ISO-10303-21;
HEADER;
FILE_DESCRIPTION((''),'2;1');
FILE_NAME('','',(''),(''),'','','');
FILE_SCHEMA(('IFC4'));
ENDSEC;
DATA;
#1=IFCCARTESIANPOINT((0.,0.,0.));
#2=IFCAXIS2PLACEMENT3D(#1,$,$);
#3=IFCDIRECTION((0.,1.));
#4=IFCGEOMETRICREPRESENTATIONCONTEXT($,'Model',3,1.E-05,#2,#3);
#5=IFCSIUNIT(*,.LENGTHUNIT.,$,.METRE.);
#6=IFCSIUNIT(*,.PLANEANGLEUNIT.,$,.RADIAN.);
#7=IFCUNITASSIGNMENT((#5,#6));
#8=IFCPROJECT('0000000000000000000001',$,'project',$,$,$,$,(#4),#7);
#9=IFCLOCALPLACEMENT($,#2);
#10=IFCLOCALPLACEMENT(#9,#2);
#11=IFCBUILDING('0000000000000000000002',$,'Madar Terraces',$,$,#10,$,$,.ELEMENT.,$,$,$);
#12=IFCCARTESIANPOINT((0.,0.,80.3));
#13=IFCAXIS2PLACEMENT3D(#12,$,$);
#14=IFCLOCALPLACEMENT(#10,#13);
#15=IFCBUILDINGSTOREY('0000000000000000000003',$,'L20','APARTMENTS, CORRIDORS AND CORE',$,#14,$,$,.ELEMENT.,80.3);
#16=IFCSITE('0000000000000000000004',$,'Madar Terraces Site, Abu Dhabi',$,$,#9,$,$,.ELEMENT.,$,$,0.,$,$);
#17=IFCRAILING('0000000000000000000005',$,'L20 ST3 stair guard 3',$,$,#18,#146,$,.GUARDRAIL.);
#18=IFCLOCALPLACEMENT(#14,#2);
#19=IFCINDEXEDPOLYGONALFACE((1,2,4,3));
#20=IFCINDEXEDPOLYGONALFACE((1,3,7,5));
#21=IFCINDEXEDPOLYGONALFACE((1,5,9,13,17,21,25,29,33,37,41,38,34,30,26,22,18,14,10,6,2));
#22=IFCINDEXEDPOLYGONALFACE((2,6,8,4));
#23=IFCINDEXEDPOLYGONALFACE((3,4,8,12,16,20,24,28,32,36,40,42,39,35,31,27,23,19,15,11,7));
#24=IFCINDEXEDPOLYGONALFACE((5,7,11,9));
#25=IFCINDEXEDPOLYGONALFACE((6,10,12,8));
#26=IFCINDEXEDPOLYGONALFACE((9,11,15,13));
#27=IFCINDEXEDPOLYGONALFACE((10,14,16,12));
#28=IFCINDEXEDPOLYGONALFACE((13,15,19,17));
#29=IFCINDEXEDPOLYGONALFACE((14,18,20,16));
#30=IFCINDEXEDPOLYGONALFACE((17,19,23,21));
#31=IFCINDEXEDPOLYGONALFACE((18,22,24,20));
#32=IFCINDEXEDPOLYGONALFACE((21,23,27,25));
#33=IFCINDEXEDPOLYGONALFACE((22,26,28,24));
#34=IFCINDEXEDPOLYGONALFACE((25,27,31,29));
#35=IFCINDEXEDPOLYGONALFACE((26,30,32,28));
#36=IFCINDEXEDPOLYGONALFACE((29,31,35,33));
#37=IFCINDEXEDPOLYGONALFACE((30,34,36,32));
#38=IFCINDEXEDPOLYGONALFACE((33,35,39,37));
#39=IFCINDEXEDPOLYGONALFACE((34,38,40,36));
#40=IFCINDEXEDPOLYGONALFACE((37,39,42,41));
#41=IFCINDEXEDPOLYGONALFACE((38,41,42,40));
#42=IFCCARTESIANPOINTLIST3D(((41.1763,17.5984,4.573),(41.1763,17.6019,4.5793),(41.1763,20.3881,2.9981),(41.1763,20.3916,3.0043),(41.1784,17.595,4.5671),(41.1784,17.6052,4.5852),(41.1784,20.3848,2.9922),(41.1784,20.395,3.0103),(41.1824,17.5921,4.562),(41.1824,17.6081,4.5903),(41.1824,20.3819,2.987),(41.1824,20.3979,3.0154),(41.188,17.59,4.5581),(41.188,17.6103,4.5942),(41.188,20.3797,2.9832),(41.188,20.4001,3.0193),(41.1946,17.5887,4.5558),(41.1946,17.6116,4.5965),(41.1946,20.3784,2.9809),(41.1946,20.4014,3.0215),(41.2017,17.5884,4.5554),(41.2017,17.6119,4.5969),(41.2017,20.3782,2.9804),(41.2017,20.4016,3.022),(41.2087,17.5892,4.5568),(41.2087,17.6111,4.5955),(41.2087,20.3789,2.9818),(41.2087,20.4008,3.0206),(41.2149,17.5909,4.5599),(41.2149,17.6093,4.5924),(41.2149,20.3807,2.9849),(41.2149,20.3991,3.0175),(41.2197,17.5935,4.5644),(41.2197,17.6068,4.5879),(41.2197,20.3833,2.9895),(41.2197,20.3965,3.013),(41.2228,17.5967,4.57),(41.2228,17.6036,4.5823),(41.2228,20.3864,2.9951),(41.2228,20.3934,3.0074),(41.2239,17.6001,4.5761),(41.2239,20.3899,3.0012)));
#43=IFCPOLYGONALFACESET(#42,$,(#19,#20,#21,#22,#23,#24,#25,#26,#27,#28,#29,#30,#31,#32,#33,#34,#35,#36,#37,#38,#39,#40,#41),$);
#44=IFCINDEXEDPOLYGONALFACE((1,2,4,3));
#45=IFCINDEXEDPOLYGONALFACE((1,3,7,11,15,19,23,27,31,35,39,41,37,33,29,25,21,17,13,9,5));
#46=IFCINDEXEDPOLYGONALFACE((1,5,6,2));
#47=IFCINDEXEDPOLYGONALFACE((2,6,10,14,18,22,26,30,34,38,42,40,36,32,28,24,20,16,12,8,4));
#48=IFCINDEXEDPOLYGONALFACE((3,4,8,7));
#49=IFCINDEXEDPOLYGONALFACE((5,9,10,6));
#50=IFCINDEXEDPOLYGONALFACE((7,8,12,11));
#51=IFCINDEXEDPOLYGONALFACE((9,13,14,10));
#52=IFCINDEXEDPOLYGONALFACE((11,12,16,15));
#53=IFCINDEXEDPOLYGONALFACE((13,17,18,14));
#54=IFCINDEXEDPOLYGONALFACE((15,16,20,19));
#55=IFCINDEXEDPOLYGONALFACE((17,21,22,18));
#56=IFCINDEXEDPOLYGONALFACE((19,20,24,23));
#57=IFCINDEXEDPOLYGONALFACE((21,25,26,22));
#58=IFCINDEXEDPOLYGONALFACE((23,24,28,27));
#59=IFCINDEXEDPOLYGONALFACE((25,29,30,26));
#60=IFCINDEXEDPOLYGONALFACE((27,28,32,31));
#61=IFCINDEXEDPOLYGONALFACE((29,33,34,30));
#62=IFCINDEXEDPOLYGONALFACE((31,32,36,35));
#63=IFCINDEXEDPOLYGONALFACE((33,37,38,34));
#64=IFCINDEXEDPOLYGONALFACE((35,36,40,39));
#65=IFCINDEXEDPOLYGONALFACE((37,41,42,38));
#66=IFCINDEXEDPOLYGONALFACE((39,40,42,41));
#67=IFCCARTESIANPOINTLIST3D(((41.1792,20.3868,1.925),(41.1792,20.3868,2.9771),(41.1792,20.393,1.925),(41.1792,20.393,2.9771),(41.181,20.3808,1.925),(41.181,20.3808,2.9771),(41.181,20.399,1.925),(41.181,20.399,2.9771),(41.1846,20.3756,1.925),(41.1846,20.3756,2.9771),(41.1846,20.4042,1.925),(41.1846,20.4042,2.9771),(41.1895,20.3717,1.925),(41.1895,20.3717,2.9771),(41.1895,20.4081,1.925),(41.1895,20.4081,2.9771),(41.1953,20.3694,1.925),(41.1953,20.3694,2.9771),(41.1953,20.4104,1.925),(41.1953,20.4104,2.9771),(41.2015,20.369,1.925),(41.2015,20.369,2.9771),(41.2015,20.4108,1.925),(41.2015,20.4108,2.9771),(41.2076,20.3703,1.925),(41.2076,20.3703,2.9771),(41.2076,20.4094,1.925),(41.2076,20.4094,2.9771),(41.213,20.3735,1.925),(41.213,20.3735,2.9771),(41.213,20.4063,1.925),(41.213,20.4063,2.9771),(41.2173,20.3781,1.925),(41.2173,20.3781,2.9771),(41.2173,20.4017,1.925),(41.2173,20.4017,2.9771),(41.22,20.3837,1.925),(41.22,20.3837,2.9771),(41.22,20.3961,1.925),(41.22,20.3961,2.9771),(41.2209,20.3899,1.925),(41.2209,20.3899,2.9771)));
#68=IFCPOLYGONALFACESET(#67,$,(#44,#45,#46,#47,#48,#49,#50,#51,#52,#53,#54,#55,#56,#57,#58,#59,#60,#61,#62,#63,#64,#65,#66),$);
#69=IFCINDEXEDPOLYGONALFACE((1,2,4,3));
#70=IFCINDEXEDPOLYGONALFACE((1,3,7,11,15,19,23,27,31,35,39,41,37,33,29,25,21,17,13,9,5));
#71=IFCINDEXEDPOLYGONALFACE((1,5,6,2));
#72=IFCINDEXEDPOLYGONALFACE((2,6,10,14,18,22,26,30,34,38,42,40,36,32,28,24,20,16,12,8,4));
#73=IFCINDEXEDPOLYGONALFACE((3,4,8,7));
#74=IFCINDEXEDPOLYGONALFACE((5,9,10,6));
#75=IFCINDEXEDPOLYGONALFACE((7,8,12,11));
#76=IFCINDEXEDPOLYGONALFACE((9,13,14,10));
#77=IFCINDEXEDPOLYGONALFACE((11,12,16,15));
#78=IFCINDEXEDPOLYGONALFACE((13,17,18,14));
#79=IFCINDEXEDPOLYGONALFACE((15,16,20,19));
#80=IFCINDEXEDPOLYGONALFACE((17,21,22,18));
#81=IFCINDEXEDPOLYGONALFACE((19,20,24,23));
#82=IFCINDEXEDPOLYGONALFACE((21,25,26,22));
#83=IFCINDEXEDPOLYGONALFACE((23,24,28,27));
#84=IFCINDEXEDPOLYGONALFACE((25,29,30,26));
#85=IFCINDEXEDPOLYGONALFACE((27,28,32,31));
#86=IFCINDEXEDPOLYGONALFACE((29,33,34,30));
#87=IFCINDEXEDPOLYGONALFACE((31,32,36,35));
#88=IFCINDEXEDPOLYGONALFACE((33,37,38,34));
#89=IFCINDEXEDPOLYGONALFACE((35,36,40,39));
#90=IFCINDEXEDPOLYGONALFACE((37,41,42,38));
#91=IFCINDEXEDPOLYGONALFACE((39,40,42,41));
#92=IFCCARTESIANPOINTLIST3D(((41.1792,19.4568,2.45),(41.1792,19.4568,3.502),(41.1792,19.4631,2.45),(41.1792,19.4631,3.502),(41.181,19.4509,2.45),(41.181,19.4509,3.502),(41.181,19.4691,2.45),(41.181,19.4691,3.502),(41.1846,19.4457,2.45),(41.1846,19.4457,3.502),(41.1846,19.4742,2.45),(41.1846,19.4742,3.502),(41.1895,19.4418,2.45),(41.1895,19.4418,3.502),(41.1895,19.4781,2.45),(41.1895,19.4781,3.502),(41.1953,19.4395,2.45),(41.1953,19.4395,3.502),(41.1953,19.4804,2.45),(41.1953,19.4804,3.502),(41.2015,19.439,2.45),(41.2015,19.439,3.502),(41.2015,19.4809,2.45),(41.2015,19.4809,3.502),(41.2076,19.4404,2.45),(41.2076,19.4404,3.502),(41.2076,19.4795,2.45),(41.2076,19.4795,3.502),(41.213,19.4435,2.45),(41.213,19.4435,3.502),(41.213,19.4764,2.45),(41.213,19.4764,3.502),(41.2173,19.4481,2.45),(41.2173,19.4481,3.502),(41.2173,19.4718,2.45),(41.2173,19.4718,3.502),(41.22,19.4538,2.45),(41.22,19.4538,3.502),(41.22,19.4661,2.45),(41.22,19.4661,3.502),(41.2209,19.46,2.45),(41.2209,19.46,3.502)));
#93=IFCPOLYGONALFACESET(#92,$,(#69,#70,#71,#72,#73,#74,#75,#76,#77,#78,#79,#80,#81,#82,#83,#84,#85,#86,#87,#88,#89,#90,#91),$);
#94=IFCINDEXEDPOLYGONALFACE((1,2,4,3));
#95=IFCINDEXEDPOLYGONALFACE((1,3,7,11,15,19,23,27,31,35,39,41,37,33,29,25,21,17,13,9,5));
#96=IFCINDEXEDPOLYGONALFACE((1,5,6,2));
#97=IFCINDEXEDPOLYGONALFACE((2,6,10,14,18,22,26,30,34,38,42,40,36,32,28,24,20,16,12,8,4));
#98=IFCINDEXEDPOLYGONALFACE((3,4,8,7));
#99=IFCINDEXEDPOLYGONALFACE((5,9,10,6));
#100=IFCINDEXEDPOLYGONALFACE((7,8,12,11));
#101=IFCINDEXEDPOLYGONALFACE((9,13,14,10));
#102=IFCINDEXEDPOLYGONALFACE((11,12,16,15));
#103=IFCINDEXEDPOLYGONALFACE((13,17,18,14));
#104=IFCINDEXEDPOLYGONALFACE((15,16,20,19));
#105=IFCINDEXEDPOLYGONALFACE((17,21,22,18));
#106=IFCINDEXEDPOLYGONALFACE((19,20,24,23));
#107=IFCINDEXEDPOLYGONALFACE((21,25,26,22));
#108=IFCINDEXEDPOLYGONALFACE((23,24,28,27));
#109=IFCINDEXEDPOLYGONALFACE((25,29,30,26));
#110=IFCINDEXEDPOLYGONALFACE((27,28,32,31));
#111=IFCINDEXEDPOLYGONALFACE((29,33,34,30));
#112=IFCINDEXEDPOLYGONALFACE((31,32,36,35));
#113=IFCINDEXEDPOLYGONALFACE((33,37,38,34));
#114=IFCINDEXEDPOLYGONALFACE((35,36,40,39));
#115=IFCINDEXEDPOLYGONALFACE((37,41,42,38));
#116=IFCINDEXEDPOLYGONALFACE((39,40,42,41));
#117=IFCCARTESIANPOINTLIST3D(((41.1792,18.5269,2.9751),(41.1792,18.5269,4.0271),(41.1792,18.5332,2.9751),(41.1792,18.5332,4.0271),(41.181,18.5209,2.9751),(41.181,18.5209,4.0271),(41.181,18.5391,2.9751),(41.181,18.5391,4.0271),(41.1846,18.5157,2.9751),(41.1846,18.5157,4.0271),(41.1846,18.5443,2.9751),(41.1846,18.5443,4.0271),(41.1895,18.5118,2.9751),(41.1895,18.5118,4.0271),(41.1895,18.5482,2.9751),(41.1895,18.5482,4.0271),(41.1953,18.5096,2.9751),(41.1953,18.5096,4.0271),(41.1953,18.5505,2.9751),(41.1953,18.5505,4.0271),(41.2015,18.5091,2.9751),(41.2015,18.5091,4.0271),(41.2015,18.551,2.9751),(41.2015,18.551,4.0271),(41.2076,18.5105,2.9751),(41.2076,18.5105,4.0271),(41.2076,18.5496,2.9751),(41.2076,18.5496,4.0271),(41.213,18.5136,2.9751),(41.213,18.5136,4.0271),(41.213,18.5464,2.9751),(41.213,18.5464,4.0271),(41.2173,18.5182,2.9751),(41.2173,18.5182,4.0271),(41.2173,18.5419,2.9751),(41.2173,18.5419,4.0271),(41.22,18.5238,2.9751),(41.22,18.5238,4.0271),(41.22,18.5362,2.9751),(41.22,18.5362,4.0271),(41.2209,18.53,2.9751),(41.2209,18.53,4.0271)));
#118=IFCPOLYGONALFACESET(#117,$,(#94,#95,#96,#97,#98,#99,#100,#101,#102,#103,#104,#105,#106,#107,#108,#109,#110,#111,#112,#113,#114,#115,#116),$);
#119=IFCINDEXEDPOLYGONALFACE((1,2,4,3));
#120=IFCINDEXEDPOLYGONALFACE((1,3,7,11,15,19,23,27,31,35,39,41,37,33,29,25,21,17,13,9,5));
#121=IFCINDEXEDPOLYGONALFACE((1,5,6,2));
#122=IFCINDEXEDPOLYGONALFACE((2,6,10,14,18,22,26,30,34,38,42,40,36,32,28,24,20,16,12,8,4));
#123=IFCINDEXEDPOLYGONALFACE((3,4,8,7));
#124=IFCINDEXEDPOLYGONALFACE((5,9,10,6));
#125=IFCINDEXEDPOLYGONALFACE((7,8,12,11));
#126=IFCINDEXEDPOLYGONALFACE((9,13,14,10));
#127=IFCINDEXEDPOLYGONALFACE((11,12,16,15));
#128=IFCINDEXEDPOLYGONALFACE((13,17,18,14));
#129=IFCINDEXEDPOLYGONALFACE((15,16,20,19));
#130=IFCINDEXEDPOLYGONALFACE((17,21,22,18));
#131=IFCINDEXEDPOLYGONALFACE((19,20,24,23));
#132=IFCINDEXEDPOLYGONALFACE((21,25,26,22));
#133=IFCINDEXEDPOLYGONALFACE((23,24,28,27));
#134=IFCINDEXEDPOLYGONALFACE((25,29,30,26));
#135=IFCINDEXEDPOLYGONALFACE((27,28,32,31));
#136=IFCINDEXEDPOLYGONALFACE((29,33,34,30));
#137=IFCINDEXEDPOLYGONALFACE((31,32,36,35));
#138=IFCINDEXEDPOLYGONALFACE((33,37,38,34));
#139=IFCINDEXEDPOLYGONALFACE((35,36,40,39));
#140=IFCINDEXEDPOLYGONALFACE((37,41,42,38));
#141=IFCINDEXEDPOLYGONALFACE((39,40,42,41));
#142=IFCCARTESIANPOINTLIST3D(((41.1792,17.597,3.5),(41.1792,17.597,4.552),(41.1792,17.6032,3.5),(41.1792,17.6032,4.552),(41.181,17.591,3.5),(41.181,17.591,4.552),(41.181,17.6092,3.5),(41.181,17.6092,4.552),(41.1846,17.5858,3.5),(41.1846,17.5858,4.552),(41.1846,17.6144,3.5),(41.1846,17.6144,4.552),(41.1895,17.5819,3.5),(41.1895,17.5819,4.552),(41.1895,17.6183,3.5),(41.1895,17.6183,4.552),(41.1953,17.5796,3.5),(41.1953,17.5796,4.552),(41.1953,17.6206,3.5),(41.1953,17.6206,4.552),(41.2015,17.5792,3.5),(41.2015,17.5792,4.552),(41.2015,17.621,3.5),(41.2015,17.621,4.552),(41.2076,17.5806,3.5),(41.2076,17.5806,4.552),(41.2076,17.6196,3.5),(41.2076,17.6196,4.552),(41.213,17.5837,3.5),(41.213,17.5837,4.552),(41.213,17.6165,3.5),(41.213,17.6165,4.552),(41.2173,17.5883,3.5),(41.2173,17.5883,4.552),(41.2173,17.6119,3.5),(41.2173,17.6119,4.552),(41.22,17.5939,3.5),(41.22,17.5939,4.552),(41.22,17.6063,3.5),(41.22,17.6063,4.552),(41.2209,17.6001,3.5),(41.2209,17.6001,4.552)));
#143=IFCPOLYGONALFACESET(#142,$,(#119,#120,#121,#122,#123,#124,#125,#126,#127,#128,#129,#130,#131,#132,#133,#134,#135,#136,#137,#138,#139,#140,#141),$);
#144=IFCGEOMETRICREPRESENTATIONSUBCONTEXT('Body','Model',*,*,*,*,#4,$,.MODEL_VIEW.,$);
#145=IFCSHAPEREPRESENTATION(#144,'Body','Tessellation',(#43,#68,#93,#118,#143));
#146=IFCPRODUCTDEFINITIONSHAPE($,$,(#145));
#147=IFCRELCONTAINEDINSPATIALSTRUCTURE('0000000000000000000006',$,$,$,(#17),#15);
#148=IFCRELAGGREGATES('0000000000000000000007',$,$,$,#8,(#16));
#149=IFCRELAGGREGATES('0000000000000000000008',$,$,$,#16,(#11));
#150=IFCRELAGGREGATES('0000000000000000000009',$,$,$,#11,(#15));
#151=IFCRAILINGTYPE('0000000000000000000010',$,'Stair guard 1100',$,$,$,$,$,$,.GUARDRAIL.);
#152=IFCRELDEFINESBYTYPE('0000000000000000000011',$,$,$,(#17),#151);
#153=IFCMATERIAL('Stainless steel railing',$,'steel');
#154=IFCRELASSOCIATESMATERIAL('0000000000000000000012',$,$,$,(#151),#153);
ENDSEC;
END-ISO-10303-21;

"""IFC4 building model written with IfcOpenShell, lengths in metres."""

from ifc_helpers import new_model, si_unit, direction, frame, origin, origin_2d, place, context, subcontext, project, spatial, circle, extrude, material, type_object, element, save


model = new_model("IFC4")

# Units and contexts
model_context = context("Model", 3, precision=1e-05, world=origin(), true_north=direction((0.0, 1.0)))
body_context = subcontext(model_context, "Body", "Model", "MODEL_VIEW")
ifc_project = project(units=[si_unit("LENGTHUNIT", "METRE"), si_unit("PLANEANGLEUNIT", "RADIAN")], contexts=[model_context])

# Site, building, storey
site_placement = place(None, origin())
site = spatial("IfcSite", under=ifc_project, at=site_placement, Name="Madar Terraces Site, Abu Dhabi", CompositionType="ELEMENT", RefElevation=0.0)
building_placement = place(site_placement, origin())
building = spatial("IfcBuilding", under=site, at=building_placement, Name="Madar Terraces", CompositionType="ELEMENT")
storey_placement = place(building_placement, frame((0.0, 0.0, 80.3)))
storey = spatial("IfcBuildingStorey", under=building, at=storey_placement, Name="L20", Description="APARTMENTS, CORRIDORS AND CORE", CompositionType="ELEMENT", Elevation=80.3)

# Railing
ifc_material_1 = material(Name="Stainless steel railing", Category="steel")
railing_type_1 = type_object("IfcRailingType", Name="Stair guard 1100", PredefinedType="GUARDRAIL", material=ifc_material_1)
railing_1_placement = place(storey_placement, frame((41.2, 20.3899, 1.925)))
element("IfcRailing", 1, at=railing_1_placement, inside=storey, type_object=railing_type_1, Name="L20 ST3 stair guard 3", PredefinedType="GUARDRAIL", context=body_context, shape_type="SweptSolid", body=[
    extrude(circle(Radius=0.0239, at=origin_2d()), frame((0.0, 0.0, 1.0762), z_axis=(0.0, -0.870815, 0.49161), x_axis=(1.0, 0.0, 0.0)), (0.0, 0.0, 1.0), 3.2036),
    extrude(circle(Radius=0.021, at=origin_2d()), origin(), (0.0, 0.0, 1.0), 1.052),
    extrude(circle(Radius=0.021, at=origin_2d()), frame((0.0, -0.9299, 0.5249)), (0.0, 0.0, 1.0), 1.052),
    extrude(circle(Radius=0.021, at=origin_2d()), frame((0.0, -1.8599, 1.05)), (0.0, 0.0, 1.0), 1.052),
    extrude(circle(Radius=0.021, at=origin_2d()), frame((0.0, -2.7898, 1.575)), (0.0, 0.0, 1.0), 1.052),
])

save(model, "model.ifc")
